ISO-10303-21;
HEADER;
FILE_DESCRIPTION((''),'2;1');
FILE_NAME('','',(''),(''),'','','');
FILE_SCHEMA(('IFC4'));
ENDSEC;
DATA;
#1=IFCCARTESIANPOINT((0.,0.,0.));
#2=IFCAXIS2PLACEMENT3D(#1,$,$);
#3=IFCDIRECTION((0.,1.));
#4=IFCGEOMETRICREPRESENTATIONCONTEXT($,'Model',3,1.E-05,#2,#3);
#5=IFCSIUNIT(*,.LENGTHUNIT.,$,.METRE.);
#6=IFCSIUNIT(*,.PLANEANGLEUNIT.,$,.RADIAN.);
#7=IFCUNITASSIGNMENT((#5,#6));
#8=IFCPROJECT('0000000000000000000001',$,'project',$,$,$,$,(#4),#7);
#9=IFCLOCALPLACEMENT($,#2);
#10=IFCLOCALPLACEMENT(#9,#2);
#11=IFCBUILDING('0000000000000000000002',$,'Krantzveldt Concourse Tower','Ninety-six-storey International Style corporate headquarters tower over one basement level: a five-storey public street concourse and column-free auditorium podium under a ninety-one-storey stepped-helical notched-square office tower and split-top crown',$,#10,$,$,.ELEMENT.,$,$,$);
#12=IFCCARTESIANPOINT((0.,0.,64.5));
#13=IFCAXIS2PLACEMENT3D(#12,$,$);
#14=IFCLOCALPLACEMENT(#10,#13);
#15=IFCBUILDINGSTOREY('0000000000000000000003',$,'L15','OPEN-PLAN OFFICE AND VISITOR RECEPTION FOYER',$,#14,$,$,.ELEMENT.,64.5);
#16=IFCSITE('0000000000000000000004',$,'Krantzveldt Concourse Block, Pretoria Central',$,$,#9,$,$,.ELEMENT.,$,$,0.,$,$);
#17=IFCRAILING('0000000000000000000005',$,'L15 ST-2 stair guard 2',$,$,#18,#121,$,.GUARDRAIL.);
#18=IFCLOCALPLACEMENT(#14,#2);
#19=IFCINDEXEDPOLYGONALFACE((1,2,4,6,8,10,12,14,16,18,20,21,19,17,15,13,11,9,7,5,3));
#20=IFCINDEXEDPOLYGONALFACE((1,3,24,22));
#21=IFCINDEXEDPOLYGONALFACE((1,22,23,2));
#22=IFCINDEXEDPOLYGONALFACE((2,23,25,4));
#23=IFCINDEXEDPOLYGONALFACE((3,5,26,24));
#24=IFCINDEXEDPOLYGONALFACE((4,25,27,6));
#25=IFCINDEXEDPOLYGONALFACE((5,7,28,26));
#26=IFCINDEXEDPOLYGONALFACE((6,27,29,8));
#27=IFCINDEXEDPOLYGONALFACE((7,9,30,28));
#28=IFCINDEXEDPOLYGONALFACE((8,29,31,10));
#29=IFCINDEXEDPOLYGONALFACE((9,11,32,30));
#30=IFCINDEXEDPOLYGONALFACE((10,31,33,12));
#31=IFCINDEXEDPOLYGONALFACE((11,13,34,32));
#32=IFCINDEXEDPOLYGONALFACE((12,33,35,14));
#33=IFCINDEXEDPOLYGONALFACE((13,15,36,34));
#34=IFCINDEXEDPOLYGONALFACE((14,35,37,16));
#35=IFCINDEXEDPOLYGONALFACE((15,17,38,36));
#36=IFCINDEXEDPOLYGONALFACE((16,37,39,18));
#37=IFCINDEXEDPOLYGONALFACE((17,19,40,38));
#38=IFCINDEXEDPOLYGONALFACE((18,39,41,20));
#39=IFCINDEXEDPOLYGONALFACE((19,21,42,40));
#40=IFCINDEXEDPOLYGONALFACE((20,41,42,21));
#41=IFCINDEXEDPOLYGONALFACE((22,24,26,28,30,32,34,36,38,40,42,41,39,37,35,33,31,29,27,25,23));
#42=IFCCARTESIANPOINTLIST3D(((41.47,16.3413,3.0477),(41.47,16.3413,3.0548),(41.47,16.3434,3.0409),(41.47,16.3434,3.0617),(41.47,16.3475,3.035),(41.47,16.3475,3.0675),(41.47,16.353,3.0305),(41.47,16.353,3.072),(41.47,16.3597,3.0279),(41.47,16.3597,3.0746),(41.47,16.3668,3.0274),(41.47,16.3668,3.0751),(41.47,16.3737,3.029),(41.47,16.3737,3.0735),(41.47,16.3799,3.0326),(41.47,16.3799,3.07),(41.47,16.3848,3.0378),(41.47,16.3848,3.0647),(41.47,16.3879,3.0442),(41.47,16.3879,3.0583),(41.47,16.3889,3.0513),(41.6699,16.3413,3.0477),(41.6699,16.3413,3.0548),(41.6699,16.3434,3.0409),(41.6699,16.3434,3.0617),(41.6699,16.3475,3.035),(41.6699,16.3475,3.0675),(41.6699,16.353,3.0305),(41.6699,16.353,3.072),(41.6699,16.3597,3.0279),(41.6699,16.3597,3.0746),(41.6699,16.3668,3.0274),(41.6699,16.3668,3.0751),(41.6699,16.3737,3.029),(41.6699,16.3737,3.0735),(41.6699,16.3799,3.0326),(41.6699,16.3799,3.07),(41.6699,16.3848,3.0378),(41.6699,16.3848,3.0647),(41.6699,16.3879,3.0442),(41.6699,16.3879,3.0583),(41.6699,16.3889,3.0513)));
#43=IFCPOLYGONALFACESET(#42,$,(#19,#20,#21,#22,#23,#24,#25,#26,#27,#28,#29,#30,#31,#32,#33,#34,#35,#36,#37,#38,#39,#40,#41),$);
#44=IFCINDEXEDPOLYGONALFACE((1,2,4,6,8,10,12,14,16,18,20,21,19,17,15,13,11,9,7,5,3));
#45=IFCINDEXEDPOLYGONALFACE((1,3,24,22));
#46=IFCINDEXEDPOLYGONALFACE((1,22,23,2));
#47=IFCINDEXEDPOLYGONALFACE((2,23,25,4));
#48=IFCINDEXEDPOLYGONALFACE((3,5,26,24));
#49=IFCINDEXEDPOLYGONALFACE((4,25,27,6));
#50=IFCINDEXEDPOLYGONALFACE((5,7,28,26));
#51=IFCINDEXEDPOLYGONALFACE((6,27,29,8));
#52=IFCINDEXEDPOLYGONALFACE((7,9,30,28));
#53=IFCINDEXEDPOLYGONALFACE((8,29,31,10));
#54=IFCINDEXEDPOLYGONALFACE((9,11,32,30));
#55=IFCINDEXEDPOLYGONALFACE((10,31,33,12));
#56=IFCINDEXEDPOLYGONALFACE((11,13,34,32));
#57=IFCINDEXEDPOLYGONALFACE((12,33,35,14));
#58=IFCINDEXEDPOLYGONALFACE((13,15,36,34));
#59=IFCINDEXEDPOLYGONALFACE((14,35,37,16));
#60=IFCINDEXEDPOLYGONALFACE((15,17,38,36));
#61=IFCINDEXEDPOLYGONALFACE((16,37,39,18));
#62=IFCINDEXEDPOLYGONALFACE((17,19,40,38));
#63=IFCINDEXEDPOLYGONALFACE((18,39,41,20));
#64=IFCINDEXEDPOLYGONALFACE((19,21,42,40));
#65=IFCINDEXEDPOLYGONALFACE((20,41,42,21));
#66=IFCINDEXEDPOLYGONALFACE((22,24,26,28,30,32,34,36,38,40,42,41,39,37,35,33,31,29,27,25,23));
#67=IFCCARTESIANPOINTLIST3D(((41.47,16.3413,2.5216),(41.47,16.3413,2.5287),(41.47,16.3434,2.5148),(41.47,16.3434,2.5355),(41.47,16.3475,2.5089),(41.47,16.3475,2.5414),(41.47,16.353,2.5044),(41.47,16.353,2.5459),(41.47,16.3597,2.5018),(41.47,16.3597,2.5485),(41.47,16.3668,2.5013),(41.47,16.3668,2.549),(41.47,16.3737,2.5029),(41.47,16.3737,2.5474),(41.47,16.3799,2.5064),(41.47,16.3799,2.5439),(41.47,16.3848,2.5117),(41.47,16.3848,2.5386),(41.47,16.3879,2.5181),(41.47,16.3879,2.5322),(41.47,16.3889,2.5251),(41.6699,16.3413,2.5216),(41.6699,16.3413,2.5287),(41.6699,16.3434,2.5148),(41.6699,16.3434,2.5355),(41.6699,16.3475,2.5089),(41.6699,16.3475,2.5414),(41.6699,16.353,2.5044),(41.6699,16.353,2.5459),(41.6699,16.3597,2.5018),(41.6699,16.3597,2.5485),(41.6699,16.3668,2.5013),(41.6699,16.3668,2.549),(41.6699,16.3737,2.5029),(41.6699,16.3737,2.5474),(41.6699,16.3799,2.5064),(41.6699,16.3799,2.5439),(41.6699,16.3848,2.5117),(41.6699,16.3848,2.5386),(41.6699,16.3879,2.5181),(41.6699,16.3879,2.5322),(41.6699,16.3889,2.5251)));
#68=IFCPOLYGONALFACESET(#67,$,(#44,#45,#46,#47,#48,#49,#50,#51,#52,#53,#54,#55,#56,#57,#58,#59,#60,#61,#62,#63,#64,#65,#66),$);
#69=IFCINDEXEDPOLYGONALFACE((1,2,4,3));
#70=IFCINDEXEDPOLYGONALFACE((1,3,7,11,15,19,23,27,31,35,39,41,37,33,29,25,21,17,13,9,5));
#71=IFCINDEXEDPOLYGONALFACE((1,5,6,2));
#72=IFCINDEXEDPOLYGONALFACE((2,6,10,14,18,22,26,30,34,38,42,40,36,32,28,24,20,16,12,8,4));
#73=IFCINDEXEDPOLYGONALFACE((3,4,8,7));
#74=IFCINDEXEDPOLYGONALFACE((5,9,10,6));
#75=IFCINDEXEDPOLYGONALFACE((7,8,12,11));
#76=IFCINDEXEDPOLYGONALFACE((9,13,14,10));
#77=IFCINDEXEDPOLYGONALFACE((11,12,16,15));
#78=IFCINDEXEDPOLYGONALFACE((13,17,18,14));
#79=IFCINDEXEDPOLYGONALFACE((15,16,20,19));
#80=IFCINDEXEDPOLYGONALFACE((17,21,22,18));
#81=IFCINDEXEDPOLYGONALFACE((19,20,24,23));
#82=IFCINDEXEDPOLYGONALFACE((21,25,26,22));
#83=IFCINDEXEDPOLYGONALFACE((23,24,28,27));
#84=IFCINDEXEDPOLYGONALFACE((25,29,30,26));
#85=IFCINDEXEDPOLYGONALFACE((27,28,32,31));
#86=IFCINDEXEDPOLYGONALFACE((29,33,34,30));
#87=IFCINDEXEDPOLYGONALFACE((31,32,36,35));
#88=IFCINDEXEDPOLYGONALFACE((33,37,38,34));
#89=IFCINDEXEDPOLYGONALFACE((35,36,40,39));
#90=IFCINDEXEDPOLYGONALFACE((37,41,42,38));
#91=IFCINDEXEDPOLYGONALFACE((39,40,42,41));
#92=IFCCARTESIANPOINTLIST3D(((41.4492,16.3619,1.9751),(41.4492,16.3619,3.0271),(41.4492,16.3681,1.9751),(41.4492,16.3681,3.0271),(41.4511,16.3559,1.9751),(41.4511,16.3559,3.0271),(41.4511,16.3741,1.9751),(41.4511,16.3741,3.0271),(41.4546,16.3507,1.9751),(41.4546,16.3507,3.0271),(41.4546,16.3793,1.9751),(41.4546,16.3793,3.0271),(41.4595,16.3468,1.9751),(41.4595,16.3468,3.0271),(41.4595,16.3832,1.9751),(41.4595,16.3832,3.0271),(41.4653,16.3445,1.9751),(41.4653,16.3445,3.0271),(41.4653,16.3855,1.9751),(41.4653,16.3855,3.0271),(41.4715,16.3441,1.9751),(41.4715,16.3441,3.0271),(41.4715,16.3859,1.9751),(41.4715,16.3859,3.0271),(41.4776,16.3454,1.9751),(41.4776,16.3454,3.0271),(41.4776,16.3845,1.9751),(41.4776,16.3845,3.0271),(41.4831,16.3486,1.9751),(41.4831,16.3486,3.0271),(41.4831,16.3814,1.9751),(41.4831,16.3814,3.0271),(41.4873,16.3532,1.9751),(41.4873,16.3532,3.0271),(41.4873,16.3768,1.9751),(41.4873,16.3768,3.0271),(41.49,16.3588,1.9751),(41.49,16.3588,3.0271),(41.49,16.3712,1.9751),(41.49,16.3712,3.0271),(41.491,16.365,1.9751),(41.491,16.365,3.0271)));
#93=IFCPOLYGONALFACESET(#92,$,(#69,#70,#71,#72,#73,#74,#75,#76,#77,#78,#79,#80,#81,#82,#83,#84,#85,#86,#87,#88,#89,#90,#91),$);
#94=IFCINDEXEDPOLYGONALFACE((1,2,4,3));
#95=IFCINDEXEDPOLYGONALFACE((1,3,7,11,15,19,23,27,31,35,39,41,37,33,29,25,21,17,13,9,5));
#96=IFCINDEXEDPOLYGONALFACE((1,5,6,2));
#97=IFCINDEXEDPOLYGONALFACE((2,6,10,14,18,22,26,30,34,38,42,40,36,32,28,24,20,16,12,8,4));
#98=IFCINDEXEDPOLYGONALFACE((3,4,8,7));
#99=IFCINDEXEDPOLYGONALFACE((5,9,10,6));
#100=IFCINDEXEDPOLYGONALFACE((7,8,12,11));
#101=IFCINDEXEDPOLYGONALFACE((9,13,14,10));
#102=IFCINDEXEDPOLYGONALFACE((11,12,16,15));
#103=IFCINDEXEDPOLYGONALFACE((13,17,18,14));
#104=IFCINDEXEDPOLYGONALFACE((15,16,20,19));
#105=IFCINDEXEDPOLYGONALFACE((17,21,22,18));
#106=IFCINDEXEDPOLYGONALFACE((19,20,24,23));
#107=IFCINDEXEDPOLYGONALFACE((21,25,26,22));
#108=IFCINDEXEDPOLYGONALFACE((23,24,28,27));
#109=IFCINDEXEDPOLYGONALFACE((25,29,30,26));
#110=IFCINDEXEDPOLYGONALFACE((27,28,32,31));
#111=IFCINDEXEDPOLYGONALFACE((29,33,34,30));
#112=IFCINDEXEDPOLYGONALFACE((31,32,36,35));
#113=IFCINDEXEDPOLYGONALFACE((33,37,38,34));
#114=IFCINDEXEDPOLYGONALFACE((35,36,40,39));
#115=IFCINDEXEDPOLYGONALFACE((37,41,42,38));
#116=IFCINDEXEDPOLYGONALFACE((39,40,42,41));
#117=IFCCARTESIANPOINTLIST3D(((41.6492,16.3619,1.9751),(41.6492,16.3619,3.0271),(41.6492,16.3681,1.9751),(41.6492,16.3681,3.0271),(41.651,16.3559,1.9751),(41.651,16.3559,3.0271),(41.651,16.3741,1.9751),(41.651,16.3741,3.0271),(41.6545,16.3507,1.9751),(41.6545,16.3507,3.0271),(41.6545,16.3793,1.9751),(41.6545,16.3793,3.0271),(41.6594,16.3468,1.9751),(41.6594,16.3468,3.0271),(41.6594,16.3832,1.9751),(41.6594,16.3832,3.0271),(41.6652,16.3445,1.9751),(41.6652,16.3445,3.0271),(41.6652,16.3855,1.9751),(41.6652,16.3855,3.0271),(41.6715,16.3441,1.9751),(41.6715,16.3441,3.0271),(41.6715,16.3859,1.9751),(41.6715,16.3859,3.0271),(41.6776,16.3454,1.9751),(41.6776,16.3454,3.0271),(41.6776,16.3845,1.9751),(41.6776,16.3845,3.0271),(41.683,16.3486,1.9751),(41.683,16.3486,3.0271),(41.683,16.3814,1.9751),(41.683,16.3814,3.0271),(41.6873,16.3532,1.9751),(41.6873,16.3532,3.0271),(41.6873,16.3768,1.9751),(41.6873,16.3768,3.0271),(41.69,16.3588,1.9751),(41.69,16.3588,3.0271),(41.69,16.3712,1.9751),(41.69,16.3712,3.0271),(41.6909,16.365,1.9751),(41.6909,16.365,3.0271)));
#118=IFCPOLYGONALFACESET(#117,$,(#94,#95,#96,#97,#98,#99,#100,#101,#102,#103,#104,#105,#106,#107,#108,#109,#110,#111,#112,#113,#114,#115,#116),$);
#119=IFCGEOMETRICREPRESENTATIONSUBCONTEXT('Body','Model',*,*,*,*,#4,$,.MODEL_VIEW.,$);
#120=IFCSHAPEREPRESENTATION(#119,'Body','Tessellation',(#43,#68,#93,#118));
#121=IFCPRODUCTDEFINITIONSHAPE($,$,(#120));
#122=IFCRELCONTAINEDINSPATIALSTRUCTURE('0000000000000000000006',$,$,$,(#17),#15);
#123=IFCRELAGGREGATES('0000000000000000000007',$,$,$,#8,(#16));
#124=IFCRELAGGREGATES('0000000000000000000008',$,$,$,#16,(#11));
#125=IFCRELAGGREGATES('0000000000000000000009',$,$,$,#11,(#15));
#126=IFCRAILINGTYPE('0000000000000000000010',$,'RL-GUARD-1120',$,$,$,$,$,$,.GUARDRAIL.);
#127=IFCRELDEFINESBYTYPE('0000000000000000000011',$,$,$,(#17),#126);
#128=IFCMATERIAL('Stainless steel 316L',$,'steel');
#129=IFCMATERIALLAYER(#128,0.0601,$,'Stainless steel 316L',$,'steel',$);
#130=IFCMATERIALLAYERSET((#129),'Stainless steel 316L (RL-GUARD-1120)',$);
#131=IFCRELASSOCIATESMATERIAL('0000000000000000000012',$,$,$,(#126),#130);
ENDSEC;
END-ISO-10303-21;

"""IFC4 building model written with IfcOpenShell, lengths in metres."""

from ifc_helpers import new_model, si_unit, direction, frame, origin, origin_2d, place, context, subcontext, project, spatial, circle, extrude, material, layer, layer_set, type_object, element, save


model = new_model("IFC4")

# Units and contexts
model_context = context("Model", 3, precision=1e-05, world=origin(), true_north=direction((0.0, 1.0)))
body_context = subcontext(model_context, "Body", "Model", "MODEL_VIEW")
ifc_project = project(units=[si_unit("LENGTHUNIT", "METRE"), si_unit("PLANEANGLEUNIT", "RADIAN")], contexts=[model_context])

# Site, building, storey
site_placement = place(None, origin())
site = spatial("IfcSite", under=ifc_project, at=site_placement, Name="Krantzveldt Concourse Block, Pretoria Central", CompositionType="ELEMENT", RefElevation=0.0)
building_placement = place(site_placement, origin())
building = spatial("IfcBuilding", under=site, at=building_placement, Name="Krantzveldt Concourse Tower", Description="Ninety-six-storey International Style corporate headquarters tower over one basement level: a five-storey public street concourse and column-free auditorium podium under a ninety-one-storey stepped-helical notched-square office tower and split-top crown", CompositionType="ELEMENT")
storey_placement = place(building_placement, frame((0.0, 0.0, 64.5)))
storey = spatial("IfcBuildingStorey", under=building, at=storey_placement, Name="L15", Description="OPEN-PLAN OFFICE AND VISITOR RECEPTION FOYER", CompositionType="ELEMENT", Elevation=64.5)

# Shared definitions
ifc_material_1 = material(Name="Stainless steel 316L", Category="steel")

# Railing
ifc_layer_1 = layer(ifc_material_1, 0.0601, Name="Stainless steel 316L", Category="steel")
ifc_layer_set_1 = layer_set([ifc_layer_1], Name="Stainless steel 316L (RL-GUARD-1120)")
railing_type = type_object("IfcRailingType", Name="RL-GUARD-1120", PredefinedType="GUARDRAIL", material=ifc_layer_set_1)
railing_placement = place(storey_placement, frame((41.47, 16.365, 1.9751)))
element("IfcRailing", 1, at=railing_placement, inside=storey, type_object=railing_type, Name="L15 ST-2 stair guard 2", PredefinedType="GUARDRAIL", context=body_context, shape_type="SweptSolid", body=[
    extrude(circle(Radius=0.0239, at=origin_2d()), frame((0.0, 0.0, 1.0762), z_axis=(1.0, 0.0, 0.0), x_axis=(0.0, 1.0, 0.0)), (0.0, 0.0, 1.0), 0.2),
    extrude(circle(Radius=0.0239, at=origin_2d()), frame((0.0, 0.0, 0.55), z_axis=(1.0, 0.0, 0.0), x_axis=(0.0, 1.0, 0.0)), (0.0, 0.0, 1.0), 0.2),
    extrude(circle(Radius=0.021, at=origin_2d()), origin(), (0.0, 0.0, 1.0), 1.052),
    extrude(circle(Radius=0.021, at=origin_2d()), frame((0.2, 0.0, 0.0)), (0.0, 0.0, 1.0), 1.052),
])

save(model, "model.ifc")
